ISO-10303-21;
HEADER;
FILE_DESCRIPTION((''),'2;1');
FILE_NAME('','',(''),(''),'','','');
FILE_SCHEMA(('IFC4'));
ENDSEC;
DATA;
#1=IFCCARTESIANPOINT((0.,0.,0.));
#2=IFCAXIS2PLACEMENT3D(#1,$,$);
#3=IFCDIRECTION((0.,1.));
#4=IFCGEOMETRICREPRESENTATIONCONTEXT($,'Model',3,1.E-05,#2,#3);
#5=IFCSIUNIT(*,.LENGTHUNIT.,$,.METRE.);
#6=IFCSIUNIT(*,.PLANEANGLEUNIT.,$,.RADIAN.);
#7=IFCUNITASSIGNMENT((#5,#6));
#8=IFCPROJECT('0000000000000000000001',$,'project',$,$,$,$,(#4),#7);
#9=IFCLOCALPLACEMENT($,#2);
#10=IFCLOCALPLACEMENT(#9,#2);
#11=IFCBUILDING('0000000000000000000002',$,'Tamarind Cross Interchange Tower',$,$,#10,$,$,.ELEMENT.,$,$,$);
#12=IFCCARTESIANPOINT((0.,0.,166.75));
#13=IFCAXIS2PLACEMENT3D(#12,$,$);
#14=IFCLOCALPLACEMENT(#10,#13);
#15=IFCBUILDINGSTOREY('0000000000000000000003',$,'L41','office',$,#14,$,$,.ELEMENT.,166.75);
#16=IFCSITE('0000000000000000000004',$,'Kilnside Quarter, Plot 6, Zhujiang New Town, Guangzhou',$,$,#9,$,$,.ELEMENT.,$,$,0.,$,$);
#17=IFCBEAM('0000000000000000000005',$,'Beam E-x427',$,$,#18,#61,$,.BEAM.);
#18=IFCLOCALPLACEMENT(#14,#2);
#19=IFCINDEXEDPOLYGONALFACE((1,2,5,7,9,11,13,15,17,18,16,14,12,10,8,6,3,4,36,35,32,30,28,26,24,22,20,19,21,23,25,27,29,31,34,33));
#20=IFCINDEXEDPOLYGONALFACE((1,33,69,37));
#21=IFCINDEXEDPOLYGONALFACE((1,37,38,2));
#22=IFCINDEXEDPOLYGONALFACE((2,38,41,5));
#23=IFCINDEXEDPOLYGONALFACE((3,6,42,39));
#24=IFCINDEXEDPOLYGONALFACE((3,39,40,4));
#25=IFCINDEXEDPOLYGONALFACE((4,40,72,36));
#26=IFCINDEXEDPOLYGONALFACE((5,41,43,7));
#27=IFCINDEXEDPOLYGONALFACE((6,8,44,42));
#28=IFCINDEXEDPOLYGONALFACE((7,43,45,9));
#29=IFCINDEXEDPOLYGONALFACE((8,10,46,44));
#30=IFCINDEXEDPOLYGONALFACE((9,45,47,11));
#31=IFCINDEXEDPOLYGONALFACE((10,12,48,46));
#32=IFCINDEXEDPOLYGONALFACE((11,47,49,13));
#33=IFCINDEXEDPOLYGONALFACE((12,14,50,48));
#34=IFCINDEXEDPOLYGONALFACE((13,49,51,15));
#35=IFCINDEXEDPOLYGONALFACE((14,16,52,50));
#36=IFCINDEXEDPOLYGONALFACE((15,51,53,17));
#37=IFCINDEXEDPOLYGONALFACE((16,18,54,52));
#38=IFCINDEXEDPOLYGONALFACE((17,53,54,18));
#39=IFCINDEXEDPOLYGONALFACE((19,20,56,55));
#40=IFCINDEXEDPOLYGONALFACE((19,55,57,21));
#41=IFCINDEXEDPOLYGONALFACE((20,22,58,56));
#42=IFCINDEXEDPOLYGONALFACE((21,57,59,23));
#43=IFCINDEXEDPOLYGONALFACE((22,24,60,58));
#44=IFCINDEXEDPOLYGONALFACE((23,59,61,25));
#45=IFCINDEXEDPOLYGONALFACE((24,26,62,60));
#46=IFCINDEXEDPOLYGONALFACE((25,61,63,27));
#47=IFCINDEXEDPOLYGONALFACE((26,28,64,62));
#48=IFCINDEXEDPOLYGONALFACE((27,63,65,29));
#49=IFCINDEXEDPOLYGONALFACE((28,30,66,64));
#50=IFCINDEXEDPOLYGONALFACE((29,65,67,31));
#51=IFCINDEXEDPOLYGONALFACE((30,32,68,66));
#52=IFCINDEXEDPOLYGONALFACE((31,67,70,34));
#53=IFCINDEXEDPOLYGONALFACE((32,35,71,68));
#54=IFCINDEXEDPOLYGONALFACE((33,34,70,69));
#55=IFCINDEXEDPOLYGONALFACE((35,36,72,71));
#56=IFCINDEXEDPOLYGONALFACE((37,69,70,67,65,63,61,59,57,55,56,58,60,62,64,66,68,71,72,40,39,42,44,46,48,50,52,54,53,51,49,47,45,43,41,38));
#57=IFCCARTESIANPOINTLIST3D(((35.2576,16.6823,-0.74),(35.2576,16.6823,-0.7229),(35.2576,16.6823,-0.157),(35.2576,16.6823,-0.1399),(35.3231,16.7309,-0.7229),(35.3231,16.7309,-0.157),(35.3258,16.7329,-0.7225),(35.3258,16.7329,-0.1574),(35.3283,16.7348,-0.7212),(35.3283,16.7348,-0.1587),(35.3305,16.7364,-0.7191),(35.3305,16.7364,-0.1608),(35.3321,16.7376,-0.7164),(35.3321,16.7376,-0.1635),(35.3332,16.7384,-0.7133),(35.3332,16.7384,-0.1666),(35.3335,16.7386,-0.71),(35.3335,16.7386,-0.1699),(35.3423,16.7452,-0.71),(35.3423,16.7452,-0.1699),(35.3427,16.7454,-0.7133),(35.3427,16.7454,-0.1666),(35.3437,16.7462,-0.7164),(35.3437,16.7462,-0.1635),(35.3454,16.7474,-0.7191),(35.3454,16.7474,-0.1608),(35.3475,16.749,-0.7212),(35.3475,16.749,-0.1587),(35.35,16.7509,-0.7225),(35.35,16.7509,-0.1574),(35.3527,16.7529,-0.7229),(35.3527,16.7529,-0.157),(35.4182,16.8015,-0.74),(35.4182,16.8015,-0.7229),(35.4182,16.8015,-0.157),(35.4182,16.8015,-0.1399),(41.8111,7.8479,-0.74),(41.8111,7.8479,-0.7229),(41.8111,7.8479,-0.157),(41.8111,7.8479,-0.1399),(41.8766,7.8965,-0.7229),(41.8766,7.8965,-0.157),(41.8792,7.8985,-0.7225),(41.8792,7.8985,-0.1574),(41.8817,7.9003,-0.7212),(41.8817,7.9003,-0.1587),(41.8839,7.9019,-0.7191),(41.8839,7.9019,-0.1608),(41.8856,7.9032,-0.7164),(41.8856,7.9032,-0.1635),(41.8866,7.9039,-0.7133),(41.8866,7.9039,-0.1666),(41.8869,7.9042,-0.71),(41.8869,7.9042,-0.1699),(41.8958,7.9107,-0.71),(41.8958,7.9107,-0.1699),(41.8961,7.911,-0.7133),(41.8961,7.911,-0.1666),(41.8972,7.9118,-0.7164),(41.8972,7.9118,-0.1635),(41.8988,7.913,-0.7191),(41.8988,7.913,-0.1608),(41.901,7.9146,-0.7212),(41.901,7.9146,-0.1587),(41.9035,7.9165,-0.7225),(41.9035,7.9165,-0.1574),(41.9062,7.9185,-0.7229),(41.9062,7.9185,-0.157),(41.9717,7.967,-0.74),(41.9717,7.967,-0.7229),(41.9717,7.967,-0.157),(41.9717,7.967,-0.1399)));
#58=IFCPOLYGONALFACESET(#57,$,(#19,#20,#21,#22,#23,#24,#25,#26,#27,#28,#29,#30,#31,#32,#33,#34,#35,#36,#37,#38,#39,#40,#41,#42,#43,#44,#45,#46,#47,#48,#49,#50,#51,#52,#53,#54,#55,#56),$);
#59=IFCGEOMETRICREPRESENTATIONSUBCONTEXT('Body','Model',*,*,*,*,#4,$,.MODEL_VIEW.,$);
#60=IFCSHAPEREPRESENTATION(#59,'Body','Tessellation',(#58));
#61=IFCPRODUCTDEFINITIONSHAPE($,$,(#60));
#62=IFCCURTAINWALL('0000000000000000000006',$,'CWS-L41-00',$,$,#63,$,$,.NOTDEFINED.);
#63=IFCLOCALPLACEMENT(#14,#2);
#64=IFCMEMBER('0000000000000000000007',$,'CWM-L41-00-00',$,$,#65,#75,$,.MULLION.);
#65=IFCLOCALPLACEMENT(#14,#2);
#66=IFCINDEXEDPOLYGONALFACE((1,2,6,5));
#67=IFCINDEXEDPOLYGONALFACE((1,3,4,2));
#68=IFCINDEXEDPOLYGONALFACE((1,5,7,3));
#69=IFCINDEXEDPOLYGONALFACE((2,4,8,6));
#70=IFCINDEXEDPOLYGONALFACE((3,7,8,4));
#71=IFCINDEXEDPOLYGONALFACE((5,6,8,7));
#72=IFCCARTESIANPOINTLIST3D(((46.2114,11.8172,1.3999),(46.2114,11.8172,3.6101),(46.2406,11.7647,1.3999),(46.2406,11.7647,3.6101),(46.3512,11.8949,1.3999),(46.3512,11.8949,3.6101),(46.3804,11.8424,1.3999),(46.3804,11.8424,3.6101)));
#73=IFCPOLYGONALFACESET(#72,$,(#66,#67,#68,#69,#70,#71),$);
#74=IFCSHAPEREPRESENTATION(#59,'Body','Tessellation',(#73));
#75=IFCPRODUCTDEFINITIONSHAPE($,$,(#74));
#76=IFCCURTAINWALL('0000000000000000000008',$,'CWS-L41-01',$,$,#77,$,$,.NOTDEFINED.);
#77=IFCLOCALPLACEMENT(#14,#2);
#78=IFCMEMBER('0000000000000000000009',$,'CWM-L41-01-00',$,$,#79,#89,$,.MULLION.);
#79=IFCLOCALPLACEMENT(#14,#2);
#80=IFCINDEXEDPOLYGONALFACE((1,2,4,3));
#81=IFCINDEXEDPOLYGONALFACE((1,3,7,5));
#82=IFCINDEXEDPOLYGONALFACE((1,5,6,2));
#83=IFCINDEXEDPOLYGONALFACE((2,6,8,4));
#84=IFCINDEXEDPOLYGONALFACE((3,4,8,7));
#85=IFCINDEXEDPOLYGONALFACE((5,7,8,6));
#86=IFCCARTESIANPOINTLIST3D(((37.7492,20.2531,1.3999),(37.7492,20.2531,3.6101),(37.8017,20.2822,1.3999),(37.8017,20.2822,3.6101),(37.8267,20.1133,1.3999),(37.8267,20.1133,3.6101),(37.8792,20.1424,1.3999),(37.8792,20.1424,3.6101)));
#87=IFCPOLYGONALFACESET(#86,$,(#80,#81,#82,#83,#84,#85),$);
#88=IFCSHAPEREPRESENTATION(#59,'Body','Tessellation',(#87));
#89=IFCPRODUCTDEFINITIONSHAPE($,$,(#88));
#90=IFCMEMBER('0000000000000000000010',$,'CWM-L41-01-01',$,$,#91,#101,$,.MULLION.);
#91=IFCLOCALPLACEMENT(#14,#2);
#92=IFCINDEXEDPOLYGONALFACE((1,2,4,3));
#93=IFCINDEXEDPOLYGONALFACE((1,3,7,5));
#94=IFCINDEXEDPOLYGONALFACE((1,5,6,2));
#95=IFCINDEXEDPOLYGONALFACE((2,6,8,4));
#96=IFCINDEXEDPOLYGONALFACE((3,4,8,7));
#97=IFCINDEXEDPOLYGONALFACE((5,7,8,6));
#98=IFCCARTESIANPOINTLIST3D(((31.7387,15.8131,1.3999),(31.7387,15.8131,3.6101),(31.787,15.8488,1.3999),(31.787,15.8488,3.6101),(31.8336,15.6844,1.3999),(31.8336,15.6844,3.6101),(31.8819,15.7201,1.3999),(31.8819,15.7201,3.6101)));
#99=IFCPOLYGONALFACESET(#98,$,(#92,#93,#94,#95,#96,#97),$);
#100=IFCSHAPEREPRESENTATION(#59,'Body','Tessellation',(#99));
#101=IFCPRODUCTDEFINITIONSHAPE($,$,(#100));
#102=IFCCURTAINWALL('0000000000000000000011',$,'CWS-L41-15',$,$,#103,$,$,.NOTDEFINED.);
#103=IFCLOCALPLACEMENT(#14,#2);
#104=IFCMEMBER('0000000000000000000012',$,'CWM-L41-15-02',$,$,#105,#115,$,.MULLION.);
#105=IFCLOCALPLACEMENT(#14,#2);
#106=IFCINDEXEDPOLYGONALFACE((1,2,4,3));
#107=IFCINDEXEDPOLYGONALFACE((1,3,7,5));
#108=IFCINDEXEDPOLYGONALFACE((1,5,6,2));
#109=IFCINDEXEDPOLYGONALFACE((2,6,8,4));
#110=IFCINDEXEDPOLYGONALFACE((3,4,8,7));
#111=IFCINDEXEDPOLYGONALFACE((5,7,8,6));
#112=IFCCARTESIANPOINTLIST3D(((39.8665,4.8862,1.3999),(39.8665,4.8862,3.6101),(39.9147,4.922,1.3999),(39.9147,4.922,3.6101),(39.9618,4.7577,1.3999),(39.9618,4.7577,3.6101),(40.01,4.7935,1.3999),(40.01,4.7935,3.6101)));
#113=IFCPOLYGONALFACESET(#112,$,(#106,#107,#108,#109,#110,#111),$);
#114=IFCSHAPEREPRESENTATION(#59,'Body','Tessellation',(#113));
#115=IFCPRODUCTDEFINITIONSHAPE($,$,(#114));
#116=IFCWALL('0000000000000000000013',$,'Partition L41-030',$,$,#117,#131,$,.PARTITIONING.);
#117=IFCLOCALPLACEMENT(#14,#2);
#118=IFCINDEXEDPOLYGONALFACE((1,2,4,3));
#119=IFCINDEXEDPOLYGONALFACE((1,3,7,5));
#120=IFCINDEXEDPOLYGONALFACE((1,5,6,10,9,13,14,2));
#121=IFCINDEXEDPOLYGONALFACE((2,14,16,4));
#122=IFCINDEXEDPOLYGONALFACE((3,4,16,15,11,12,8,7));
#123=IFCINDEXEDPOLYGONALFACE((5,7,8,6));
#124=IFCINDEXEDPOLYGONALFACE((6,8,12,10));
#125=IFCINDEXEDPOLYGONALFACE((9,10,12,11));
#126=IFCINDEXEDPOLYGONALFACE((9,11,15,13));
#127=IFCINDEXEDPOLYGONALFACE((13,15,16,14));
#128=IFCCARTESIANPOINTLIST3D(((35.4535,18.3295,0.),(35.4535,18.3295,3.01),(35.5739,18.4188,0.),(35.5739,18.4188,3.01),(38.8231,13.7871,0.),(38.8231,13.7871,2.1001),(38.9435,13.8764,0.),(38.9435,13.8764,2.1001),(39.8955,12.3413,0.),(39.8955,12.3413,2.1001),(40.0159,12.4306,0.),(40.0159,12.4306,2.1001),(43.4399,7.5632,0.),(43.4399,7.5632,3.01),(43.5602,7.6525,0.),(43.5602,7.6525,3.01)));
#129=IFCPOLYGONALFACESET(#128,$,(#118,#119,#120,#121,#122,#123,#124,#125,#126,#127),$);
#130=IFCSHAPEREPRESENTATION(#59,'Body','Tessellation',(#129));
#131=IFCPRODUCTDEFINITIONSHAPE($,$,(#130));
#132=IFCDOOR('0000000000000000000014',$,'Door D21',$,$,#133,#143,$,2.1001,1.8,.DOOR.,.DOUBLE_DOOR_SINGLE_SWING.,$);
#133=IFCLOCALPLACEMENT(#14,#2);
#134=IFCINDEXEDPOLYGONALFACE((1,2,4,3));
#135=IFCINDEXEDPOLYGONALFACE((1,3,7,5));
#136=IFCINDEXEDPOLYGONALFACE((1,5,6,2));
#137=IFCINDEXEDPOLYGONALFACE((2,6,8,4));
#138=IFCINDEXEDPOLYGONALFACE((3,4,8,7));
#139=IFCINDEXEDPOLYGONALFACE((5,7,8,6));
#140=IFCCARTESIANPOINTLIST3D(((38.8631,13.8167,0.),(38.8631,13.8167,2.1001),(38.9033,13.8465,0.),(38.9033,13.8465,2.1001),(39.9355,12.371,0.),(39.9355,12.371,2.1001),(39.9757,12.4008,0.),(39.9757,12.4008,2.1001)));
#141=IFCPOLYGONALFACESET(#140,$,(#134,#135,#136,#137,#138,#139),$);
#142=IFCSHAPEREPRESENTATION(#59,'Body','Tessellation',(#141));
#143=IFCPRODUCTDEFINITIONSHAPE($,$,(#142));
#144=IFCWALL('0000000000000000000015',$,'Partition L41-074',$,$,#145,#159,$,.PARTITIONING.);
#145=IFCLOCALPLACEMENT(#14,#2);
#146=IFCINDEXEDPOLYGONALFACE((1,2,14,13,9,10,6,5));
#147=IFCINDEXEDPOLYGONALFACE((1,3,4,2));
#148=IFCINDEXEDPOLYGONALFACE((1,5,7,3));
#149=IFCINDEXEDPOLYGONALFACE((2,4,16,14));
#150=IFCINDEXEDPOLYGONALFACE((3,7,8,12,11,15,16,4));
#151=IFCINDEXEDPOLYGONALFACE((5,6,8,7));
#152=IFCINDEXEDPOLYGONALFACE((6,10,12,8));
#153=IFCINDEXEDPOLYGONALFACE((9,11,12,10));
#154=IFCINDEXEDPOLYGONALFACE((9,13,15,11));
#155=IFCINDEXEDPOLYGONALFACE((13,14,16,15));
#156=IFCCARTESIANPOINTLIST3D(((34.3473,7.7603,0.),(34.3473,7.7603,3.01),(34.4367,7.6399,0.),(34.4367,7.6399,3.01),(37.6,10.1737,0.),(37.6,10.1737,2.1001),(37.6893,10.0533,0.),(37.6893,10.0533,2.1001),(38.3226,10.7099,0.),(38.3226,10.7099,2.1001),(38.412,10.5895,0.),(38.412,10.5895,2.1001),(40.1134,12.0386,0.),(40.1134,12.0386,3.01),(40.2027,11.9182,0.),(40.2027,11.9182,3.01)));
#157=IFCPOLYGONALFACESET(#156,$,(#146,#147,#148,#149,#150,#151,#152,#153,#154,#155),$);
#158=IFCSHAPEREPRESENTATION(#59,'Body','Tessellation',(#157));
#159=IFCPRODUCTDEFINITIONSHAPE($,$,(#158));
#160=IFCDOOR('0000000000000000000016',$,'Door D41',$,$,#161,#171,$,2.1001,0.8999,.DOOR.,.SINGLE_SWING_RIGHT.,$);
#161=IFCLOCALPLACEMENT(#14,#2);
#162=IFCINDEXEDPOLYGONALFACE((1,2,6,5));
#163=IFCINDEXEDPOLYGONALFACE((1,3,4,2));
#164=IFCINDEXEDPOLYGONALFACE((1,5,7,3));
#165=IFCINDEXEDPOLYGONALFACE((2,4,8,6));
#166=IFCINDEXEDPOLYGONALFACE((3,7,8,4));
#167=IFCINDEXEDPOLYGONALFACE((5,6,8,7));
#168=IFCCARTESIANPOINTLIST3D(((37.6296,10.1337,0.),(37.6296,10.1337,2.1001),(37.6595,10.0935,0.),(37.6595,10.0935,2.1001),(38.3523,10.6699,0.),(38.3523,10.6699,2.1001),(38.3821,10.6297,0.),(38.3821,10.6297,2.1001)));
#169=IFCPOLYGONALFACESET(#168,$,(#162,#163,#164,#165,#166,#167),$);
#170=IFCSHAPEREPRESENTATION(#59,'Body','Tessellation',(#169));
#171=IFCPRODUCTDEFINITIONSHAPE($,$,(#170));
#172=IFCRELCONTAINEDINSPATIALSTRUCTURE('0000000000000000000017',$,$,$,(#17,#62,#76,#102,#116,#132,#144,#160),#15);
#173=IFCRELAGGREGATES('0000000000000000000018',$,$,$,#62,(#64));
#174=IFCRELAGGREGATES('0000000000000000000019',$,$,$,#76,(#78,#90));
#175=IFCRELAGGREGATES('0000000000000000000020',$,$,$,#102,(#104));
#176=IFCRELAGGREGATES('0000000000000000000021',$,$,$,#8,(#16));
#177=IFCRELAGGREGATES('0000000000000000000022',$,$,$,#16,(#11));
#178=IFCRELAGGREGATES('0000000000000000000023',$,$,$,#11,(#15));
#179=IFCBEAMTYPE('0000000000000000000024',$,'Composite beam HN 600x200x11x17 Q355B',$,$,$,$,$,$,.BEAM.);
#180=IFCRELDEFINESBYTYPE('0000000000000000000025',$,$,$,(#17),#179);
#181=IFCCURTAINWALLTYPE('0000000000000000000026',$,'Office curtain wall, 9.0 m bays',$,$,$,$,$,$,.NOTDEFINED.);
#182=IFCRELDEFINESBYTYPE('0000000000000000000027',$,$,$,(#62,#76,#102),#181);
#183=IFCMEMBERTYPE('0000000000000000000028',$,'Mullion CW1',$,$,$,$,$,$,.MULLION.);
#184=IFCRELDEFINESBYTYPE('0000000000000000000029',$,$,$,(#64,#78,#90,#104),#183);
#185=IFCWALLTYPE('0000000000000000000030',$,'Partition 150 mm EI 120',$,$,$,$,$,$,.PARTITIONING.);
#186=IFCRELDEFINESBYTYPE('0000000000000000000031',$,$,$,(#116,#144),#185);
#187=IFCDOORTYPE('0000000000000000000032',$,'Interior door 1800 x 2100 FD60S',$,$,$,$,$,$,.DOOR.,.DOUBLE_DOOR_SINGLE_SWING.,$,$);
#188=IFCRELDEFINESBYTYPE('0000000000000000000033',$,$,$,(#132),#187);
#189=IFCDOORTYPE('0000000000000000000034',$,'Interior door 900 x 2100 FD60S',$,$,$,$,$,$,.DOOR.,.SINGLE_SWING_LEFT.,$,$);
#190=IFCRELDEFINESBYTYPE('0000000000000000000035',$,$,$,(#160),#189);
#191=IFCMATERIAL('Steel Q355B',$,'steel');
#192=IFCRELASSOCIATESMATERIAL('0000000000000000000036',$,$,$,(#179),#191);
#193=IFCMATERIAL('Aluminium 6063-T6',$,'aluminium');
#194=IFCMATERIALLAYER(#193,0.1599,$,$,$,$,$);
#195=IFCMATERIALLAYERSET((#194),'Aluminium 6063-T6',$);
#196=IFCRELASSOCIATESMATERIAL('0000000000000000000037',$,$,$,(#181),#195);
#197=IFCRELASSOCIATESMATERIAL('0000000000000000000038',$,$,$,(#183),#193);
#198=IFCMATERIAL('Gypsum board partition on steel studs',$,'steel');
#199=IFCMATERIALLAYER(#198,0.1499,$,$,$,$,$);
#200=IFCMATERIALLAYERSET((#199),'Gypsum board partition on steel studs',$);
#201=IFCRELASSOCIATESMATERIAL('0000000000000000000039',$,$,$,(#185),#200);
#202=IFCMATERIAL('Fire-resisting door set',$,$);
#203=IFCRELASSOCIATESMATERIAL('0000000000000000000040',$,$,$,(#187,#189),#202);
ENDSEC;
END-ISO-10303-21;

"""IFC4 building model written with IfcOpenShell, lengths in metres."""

from ifc_helpers import new_model, si_unit, direction, frame, frame_2d, origin, origin_2d, place, context, subcontext, project, spatial, rectangle, i_section, extrude, material, layer, layer_set, material_profile, profile_set, type_object, element, fill, aggregate, save


model = new_model("IFC4")

# Units and contexts
model_context = context("Model", 3, precision=1e-05, world=origin(), true_north=direction((0.0, 1.0)))
body_context = subcontext(model_context, "Body", "Model", "MODEL_VIEW")
ifc_project = project(units=[si_unit("LENGTHUNIT", "METRE"), si_unit("PLANEANGLEUNIT", "RADIAN")], contexts=[model_context])

# Site, building, storey
site_placement = place(None, origin())
site = spatial("IfcSite", under=ifc_project, at=site_placement, Name="Kilnside Quarter, Plot 6, Zhujiang New Town, Guangzhou", CompositionType="ELEMENT", RefElevation=0.0)
building_placement = place(site_placement, origin())
building = spatial("IfcBuilding", under=site, at=building_placement, Name="Tamarind Cross Interchange Tower", CompositionType="ELEMENT")
storey_placement = place(building_placement, frame((0.0, 0.0, 166.75)))
storey = spatial("IfcBuildingStorey", under=building, at=storey_placement, Name="L41", Description="office", CompositionType="ELEMENT", Elevation=166.75)

# Beam
ifc_material_1 = material(Name="Steel Q355B", Category="steel")
ifc_material_profile_1 = material_profile(ifc_material_1, i_section(OverallWidth=0.2, OverallDepth=0.6001, WebThickness=0.011, FlangeThickness=0.0171, FilletRadius=0.0129, at=origin_2d()), Name="HN 600x200x11x17")
ifc_profile_set_1 = profile_set([ifc_material_profile_1], Name="Steel Q355B")
beam_type_1 = type_object("IfcBeamType", Name="Composite beam HN 600x200x11x17 Q355B", PredefinedType="BEAM", material=ifc_profile_set_1)
beam_1_placement = place(storey_placement, frame((41.8914, 7.9075, -0.4399), z_axis=(-0.59578, 0.803148, 0.0), x_axis=(-0.803148, -0.59578, 0.0)))
element("IfcBeam", 1, at=beam_1_placement, inside=storey, type_object=beam_type_1, Name="Beam E-x427", PredefinedType="BEAM", context=body_context, shape_type="SweptSolid", body=[
    extrude(i_section(OverallWidth=0.2, OverallDepth=0.6001, WebThickness=0.011, FlangeThickness=0.0171, FilletRadius=0.0129, at=origin_2d()), origin(), (0.0, 0.0, 1.0), 10.9998),
])

# Curtain wall, member
ifc_material_2 = material(Name="Aluminium 6063-T6", Category="aluminium")
ifc_layer_1 = layer(ifc_material_2, 0.1599)
ifc_layer_set_1 = layer_set([ifc_layer_1], Name="Aluminium 6063-T6")
curtain_wall_type = type_object("IfcCurtainWallType", Name="Office curtain wall, 9.0 m bays", PredefinedType="NOTDEFINED", material=ifc_layer_set_1)
curtain_wall_1_placement = place(storey_placement, origin())
curtain_wall_1 = element("IfcCurtainWall", 2, at=curtain_wall_1_placement, inside=storey, type_object=curtain_wall_type, Name="CWS-L41-00", PredefinedType="NOTDEFINED")
ifc_material_profile_2 = material_profile(ifc_material_2, rectangle(XDim=0.0601, YDim=0.1599, at=origin_2d()), Name="Mullion CW1")
ifc_profile_set_2 = profile_set([ifc_material_profile_2], Name="Aluminium 6063-T6")
member_type = type_object("IfcMemberType", Name="Mullion CW1", PredefinedType="MULLION", material=ifc_profile_set_2)
member_1_placement = place(storey_placement, frame((46.2959, 11.8298, 1.3999), z_axis=(0.0, 0.0, 1.0), x_axis=(-0.485847, 0.874044, 0.0)))
member_1 = element("IfcMember", 3, at=member_1_placement, type_object=member_type, Name="CWM-L41-00-00", PredefinedType="MULLION", context=body_context, shape_type="SweptSolid", body=[
    extrude(rectangle(XDim=0.0601, YDim=0.1599, at=origin_2d()), origin(), (0.0, 0.0, 1.0), 2.2102),
])
aggregate(curtain_wall_1, [member_1])

# Curtain wall, members
curtain_wall_2_placement = place(storey_placement, origin())
curtain_wall_2 = element("IfcCurtainWall", 4, at=curtain_wall_2_placement, inside=storey, type_object=curtain_wall_type, Name="CWS-L41-01", PredefinedType="NOTDEFINED")
member_2_placement = place(storey_placement, frame((37.8142, 20.1978, 1.3999), z_axis=(0.0, 0.0, 1.0), x_axis=(-0.874634, -0.484783, 0.0)))
member_2 = element("IfcMember", 5, at=member_2_placement, type_object=member_type, Name="CWM-L41-01-00", PredefinedType="MULLION", context=body_context, shape_type="SweptSolid", body=[
    extrude(rectangle(XDim=0.0601, YDim=0.1599, at=origin_2d()), origin(), (0.0, 0.0, 1.0), 2.2102),
])
member_3_placement = place(storey_placement, frame((31.8103, 15.7666, 1.3999), z_axis=(0.0, 0.0, 1.0), x_axis=(-0.804598, -0.593819, 0.0)))
member_3 = element("IfcMember", 6, at=member_3_placement, type_object=member_type, Name="CWM-L41-01-01", PredefinedType="MULLION", context=body_context, shape_type="SweptSolid", body=[
    extrude(rectangle(XDim=0.0601, YDim=0.1599, at=origin_2d()), origin(), (0.0, 0.0, 1.0), 2.2102),
])
aggregate(curtain_wall_2, [member_2, member_3])

# Curtain wall, member
curtain_wall_3_placement = place(storey_placement, origin())
curtain_wall_3 = element("IfcCurtainWall", 7, at=curtain_wall_3_placement, inside=storey, type_object=curtain_wall_type, Name="CWS-L41-15", PredefinedType="NOTDEFINED")
member_4_placement = place(storey_placement, frame((39.9382, 4.8398, 1.3999), z_axis=(0.0, 0.0, 1.0), x_axis=(0.80315, 0.595776, 0.0)))
member_4 = element("IfcMember", 8, at=member_4_placement, type_object=member_type, Name="CWM-L41-15-02", PredefinedType="MULLION", context=body_context, shape_type="SweptSolid", body=[
    extrude(rectangle(XDim=0.0601, YDim=0.1599, at=origin_2d()), origin(), (0.0, 0.0, 1.0), 2.2102),
])
aggregate(curtain_wall_3, [member_4])

# Walls, openings, doors
ifc_material_3 = material(Name="Gypsum board partition on steel studs", Category="steel")
ifc_layer_2 = layer(ifc_material_3, 0.1499)
ifc_layer_set_2 = layer_set([ifc_layer_2], Name="Gypsum board partition on steel studs")
wall_type = type_object("IfcWallType", Name="Partition 150 mm EI 120", PredefinedType="PARTITIONING", material=ifc_layer_set_2)
wall_1_placement = place(storey_placement, frame((35.5137, 18.3743, 0.0), z_axis=(0.0, 0.0, 1.0), x_axis=(0.595769, -0.803156, 0.0)))
wall_1 = element("IfcWall", 9, at=wall_1_placement, inside=storey, type_object=wall_type, Name="Partition L41-030", PredefinedType="PARTITIONING", context=body_context, shape_type="SweptSolid", body=[
    extrude(rectangle(XDim=13.405, YDim=0.1499, at=frame_2d((6.7026, 0.0))), origin(), (0.0, 0.0, 1.0), 3.01),
])
opening_1_placement = place(wall_1_placement, frame((5.656, 0.0, 0.0)))
opening_1 = element("IfcOpeningElement", 10, at=opening_1_placement, cuts=wall_1, PredefinedType="OPENING", context=body_context, shape_type="SweptSolid", body=[
    extrude(rectangle(XDim=1.8, YDim=2.1001, at=frame_2d((0.8999, 1.05))), frame((0.0, 0.085, 0.0), z_axis=(0.0, -1.0, 0.0), x_axis=(1.0, 0.0, 0.0)), (0.0, 0.0, 1.0), 0.1699),
])
ifc_material_4 = material(Name="Fire-resisting door set")
door_type_1 = type_object("IfcDoorType", Name="Interior door 1800 x 2100 FD60S", OperationType="DOUBLE_DOOR_SINGLE_SWING", PredefinedType="DOOR", material=ifc_material_4)
door_1_placement = place(opening_1_placement, origin())
door_1 = element("IfcDoor", 11, at=door_1_placement, inside=storey, type_object=door_type_1, Name="Door D21", OperationType="DOUBLE_DOOR_SINGLE_SWING", OverallHeight=2.1001, OverallWidth=1.8, PredefinedType="DOOR", context=body_context, shape_type="SweptSolid", body=[
    extrude(rectangle(XDim=1.8, YDim=2.1001, at=frame_2d((0.8999, 1.05))), frame((0.0, 0.0249, 0.0), z_axis=(0.0, -1.0, 0.0), x_axis=(1.0, 0.0, 0.0)), (0.0, 0.0, 1.0), 0.05),
])
fill(opening_1, door_1)
wall_2_placement = place(storey_placement, frame((34.3921, 7.7002, 0.0), z_axis=(0.0, 0.0, 1.0), x_axis=(0.803082, 0.595868, 0.0)))
wall_2 = element("IfcWall", 12, at=wall_2_placement, inside=storey, type_object=wall_type, Name="Partition L41-074", PredefinedType="PARTITIONING", context=body_context, shape_type="SweptSolid", body=[
    extrude(rectangle(XDim=7.1799, YDim=0.1499, at=frame_2d((3.5898, 0.0))), origin(), (0.0, 0.0, 1.0), 3.01),
])
opening_2_placement = place(wall_2_placement, frame((4.05, 0.0, 0.0)))
opening_2 = element("IfcOpeningElement", 13, at=opening_2_placement, cuts=wall_2, PredefinedType="OPENING", context=body_context, shape_type="SweptSolid", body=[
    extrude(rectangle(XDim=0.8999, YDim=2.1001, at=frame_2d((0.45, 1.05))), frame((0.0, 0.085, 0.0), z_axis=(0.0, -1.0, 0.0), x_axis=(1.0, 0.0, 0.0)), (0.0, 0.0, 1.0), 0.1699),
])
door_type_2 = type_object("IfcDoorType", Name="Interior door 900 x 2100 FD60S", OperationType="SINGLE_SWING_LEFT", PredefinedType="DOOR", material=ifc_material_4)
door_2_placement = place(opening_2_placement, frame((0.8999, 0.0, 0.0), z_axis=(0.0, 0.0, 1.0), x_axis=(-1.0, 0.0, 0.0)))
door_2 = element("IfcDoor", 14, at=door_2_placement, inside=storey, type_object=door_type_2, Name="Door D41", OperationType="SINGLE_SWING_RIGHT", OverallHeight=2.1001, OverallWidth=0.8999, PredefinedType="DOOR", context=body_context, shape_type="SweptSolid", body=[
    extrude(rectangle(XDim=0.8999, YDim=2.1001, at=frame_2d((0.45, 1.05))), frame((0.0, 0.0249, 0.0), z_axis=(0.0, -1.0, 0.0), x_axis=(1.0, 0.0, 0.0)), (0.0, 0.0, 1.0), 0.05),
])
fill(opening_2, door_2)

save(model, "model.ifc")
